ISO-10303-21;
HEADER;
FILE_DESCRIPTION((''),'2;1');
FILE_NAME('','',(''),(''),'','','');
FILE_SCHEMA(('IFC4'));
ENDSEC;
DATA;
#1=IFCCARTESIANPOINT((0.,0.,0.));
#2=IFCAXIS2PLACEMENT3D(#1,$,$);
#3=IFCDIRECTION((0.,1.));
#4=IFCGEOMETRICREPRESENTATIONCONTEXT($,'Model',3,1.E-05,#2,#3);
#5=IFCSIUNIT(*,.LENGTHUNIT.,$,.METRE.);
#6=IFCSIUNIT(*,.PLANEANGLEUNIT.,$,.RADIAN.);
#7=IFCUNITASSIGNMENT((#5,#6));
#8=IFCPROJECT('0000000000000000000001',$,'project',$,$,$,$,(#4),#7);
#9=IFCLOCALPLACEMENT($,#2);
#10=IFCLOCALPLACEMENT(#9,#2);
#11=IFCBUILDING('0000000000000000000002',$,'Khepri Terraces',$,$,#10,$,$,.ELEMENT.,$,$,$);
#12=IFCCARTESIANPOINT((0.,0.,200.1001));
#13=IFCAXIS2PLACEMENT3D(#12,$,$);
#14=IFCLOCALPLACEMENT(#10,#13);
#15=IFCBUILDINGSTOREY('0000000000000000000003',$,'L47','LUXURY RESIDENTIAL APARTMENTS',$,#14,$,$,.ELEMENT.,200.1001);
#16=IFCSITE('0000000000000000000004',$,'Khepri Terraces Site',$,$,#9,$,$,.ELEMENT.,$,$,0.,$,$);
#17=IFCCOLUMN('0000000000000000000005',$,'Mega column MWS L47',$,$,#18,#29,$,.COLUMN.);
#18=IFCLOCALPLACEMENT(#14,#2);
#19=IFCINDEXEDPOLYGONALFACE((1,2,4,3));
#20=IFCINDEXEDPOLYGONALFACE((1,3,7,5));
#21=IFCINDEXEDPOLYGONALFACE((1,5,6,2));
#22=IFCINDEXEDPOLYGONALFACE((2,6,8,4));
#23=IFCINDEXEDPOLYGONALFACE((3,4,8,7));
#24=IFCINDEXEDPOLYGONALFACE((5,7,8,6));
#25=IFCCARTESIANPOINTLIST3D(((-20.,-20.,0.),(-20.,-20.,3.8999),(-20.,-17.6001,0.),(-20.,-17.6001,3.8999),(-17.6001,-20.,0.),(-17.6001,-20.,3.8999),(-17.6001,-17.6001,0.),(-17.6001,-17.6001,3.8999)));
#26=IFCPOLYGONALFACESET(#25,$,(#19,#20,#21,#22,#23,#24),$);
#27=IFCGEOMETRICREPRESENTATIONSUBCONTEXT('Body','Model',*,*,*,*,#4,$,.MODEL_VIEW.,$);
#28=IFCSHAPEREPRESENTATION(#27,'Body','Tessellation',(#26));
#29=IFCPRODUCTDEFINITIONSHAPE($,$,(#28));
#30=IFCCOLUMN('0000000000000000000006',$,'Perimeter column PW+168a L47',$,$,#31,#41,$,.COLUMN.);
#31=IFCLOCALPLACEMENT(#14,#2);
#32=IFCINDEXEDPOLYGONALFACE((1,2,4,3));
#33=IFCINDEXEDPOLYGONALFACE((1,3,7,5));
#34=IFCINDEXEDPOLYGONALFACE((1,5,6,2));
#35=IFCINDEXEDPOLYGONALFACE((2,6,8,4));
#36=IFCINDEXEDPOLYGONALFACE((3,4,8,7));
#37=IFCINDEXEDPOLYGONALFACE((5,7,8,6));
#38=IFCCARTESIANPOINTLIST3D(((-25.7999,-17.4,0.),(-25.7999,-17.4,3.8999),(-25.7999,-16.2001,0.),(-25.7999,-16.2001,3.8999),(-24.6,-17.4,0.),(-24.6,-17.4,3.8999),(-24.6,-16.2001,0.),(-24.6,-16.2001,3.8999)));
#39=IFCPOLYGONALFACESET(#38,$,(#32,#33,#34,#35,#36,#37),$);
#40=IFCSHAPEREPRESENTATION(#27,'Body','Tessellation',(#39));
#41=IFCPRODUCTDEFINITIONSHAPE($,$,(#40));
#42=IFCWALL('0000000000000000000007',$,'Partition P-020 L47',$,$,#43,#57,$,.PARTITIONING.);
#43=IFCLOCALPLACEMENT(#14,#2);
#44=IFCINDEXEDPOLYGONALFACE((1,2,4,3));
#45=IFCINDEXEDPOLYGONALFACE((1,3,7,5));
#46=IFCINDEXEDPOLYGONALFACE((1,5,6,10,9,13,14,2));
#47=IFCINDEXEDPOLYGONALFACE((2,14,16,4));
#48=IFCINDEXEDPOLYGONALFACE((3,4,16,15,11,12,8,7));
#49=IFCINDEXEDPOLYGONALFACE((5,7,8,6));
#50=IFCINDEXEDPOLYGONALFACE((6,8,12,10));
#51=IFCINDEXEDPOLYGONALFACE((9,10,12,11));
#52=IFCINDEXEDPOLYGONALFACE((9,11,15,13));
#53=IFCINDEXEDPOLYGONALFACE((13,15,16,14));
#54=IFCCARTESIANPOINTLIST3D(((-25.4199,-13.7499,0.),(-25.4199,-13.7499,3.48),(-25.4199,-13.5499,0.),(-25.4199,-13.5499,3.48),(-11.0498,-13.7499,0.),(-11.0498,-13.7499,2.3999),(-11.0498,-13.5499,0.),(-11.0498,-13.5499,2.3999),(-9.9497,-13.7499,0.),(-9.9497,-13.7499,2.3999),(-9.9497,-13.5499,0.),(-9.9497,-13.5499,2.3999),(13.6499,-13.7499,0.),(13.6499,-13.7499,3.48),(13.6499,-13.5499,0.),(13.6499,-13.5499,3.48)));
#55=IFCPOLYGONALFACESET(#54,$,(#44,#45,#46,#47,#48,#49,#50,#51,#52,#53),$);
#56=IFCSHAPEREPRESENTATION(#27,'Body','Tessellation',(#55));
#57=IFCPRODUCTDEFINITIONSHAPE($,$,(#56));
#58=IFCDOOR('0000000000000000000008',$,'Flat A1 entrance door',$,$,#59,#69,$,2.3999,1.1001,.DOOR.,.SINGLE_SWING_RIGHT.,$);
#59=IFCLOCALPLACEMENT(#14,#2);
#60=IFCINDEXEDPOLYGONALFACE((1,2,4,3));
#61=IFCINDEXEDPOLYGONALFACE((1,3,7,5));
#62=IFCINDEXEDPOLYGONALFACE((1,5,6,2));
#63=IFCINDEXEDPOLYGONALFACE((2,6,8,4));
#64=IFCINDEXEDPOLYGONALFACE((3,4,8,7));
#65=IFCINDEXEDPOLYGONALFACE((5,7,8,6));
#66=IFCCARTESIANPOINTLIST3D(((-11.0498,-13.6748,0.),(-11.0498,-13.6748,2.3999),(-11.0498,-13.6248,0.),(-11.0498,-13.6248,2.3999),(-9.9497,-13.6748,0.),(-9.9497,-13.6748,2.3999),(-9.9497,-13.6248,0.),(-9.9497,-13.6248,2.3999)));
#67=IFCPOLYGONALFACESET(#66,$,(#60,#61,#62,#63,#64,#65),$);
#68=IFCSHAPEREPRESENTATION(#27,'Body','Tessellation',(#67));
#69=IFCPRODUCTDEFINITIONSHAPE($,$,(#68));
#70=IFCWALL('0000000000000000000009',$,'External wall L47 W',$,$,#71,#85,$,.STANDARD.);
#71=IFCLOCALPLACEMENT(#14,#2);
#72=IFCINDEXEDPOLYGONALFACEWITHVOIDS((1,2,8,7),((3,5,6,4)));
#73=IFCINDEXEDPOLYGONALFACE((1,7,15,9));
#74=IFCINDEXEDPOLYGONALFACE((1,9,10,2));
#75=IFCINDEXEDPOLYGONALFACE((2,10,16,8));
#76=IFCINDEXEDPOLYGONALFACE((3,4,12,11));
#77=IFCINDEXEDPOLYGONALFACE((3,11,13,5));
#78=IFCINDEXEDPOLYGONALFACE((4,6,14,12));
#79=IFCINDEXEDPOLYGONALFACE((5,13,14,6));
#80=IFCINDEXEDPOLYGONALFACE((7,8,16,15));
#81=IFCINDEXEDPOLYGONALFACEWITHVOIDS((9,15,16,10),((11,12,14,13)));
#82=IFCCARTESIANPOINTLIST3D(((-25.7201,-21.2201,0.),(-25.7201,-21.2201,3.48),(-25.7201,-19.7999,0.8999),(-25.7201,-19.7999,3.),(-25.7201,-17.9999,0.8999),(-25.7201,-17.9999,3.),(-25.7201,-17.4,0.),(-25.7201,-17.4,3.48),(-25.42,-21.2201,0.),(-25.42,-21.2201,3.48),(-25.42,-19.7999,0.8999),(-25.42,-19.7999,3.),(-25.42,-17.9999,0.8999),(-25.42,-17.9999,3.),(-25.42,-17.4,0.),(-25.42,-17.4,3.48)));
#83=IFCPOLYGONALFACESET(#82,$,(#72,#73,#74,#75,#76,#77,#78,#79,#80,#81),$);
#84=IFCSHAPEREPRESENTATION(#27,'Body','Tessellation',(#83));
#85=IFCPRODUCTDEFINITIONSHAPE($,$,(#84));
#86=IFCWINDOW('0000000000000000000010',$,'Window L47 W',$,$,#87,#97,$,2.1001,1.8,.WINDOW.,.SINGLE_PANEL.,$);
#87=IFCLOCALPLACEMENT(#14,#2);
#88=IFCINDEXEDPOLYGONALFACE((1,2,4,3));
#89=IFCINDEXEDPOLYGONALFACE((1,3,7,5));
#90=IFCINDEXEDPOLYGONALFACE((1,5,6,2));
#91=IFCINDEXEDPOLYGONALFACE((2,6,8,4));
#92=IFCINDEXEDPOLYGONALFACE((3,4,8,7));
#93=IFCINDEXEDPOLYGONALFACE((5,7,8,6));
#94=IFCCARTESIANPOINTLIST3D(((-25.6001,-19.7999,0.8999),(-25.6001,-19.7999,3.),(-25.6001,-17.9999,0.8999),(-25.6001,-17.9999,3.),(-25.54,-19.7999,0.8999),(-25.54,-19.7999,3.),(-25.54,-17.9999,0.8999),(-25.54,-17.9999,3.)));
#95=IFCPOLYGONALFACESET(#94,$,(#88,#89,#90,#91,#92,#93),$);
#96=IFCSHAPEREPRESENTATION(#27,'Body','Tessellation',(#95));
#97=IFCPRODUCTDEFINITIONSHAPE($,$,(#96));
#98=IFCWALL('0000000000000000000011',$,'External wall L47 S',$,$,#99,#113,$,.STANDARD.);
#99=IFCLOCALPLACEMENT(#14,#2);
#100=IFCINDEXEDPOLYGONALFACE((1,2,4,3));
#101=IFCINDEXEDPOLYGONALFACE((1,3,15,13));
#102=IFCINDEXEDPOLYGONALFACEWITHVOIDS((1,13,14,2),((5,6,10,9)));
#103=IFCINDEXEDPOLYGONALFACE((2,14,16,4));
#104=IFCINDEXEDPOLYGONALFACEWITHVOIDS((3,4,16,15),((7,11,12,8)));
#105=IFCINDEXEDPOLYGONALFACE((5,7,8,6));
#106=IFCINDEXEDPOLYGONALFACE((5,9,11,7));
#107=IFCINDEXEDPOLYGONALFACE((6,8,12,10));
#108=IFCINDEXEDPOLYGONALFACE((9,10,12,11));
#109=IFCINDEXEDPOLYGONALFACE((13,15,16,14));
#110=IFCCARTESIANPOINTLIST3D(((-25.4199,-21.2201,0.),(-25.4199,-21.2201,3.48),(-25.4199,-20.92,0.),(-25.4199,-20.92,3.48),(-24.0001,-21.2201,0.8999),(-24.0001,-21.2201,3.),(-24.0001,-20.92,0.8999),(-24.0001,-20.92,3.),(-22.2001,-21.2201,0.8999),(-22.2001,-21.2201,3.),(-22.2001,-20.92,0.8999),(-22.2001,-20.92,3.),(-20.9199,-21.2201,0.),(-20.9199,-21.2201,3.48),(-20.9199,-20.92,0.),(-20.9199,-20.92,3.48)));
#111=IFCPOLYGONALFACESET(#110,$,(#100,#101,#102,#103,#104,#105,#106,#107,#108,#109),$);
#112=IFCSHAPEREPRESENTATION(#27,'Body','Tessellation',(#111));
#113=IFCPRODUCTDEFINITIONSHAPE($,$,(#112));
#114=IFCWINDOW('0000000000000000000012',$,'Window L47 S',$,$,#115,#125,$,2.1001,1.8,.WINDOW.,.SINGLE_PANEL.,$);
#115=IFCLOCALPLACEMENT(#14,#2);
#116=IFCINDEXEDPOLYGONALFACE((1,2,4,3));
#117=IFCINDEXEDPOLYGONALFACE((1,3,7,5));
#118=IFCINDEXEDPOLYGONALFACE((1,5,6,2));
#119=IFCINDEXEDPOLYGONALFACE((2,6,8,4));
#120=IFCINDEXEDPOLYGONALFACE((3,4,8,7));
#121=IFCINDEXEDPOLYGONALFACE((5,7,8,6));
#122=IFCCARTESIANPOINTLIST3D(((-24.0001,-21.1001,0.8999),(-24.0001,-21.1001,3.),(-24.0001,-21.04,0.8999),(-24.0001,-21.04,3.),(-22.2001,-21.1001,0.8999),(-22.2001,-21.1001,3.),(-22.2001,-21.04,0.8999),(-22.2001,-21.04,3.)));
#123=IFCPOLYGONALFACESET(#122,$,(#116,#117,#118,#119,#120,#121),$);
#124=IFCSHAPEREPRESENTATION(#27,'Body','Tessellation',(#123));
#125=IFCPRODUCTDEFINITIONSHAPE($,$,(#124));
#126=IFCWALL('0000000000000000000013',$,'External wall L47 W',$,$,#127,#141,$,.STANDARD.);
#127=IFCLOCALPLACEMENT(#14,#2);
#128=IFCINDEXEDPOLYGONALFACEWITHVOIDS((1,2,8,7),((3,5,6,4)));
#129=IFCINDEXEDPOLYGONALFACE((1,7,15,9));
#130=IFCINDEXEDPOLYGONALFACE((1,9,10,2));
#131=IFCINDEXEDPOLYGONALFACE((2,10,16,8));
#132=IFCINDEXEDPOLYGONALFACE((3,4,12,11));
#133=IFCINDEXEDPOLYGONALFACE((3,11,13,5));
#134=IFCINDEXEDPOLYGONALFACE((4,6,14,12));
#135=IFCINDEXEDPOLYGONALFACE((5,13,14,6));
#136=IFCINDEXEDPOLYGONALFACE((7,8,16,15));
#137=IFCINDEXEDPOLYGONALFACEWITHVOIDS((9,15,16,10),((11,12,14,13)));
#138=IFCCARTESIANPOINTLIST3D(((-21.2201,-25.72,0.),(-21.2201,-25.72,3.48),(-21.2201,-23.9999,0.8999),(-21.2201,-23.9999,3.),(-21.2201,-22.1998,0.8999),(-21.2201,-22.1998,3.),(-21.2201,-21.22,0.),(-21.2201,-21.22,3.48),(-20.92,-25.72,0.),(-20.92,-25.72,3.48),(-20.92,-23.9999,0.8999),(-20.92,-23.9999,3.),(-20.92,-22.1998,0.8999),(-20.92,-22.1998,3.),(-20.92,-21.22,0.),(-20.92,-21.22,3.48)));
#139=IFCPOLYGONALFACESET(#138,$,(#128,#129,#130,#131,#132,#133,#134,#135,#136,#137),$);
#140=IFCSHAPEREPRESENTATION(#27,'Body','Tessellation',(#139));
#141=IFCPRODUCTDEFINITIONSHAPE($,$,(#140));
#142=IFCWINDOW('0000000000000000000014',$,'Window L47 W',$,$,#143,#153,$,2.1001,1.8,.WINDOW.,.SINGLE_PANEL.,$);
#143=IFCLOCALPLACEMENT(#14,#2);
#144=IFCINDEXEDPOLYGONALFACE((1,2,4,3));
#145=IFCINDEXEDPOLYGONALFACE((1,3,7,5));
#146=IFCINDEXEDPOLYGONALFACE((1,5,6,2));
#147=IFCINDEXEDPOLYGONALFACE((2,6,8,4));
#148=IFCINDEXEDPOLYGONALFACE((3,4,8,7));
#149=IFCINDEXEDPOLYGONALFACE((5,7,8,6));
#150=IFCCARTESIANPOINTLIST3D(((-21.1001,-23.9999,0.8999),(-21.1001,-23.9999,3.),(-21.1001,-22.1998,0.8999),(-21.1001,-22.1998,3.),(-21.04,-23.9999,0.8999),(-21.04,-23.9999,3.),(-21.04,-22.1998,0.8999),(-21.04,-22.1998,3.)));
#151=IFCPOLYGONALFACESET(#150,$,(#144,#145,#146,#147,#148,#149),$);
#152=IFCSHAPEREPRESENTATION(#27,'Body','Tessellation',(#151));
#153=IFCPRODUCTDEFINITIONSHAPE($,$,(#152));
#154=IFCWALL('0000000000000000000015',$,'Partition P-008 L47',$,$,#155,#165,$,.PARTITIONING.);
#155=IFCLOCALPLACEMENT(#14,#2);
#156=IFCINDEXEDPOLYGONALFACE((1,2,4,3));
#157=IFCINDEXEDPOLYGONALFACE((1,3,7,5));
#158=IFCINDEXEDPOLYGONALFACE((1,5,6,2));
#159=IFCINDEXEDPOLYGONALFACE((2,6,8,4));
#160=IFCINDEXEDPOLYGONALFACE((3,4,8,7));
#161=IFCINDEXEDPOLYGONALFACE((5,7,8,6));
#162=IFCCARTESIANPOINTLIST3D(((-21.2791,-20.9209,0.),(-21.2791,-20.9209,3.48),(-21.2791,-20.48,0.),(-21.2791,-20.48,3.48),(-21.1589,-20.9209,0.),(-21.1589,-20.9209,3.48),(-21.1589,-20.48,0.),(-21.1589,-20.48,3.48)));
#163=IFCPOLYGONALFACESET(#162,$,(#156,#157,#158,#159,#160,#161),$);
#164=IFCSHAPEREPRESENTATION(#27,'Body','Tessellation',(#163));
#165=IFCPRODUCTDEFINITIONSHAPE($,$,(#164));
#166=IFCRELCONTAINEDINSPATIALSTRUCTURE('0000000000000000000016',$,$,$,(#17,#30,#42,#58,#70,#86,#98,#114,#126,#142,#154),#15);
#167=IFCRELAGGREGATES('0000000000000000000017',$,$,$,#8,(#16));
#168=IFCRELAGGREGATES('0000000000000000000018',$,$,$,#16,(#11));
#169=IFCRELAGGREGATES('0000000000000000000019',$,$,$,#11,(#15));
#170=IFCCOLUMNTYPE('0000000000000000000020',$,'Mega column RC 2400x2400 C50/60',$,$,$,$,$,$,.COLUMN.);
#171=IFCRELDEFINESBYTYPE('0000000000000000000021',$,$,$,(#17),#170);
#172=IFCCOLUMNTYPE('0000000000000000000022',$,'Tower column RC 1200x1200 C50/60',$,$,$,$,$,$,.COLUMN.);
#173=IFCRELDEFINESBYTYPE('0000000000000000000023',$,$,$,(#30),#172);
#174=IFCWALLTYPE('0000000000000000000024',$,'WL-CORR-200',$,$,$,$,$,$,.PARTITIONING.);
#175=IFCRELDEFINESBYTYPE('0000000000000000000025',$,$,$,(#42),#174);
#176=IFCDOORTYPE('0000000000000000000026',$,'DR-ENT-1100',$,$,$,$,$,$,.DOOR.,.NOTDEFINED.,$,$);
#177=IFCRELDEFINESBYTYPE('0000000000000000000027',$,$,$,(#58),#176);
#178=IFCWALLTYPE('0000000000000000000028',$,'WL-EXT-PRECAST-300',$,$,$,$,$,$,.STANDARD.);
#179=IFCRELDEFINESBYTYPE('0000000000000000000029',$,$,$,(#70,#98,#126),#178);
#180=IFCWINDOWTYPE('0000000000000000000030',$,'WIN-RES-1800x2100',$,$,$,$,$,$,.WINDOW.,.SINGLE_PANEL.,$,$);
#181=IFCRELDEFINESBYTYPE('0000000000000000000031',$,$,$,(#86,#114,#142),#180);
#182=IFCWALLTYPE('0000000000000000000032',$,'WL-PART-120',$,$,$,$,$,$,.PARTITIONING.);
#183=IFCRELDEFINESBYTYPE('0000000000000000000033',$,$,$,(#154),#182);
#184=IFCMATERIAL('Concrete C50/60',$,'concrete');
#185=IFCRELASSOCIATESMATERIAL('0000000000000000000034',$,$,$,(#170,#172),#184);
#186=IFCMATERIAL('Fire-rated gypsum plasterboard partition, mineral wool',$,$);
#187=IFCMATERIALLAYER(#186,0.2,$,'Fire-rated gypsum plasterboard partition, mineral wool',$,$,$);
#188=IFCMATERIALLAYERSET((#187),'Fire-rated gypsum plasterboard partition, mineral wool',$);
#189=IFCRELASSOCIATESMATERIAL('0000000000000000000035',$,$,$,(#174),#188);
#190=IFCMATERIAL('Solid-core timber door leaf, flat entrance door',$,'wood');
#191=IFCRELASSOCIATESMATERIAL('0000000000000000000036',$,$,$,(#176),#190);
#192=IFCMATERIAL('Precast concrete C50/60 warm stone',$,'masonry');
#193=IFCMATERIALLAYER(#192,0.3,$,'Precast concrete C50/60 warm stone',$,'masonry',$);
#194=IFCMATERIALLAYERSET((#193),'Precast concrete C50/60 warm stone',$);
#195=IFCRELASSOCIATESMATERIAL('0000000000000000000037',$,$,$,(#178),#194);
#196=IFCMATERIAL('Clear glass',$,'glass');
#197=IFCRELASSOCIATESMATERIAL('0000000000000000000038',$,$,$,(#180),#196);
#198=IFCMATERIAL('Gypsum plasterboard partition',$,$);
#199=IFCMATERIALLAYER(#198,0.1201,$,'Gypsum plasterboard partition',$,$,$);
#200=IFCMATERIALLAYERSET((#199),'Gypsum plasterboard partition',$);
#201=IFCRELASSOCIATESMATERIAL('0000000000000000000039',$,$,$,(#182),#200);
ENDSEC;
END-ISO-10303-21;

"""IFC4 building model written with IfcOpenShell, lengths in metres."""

from ifc_helpers import new_model, si_unit, direction, frame, frame_2d, origin, origin_2d, place, context, subcontext, project, spatial, rectangle, extrude, material, layer, layer_set, material_profile, profile_set, type_object, element, fill, save


model = new_model("IFC4")

# Units and contexts
model_context = context("Model", 3, precision=1e-05, world=origin(), true_north=direction((0.0, 1.0)))
body_context = subcontext(model_context, "Body", "Model", "MODEL_VIEW")
ifc_project = project(units=[si_unit("LENGTHUNIT", "METRE"), si_unit("PLANEANGLEUNIT", "RADIAN")], contexts=[model_context])

# Site, building, storey
site_placement = place(None, origin())
site = spatial("IfcSite", under=ifc_project, at=site_placement, Name="Khepri Terraces Site", CompositionType="ELEMENT", RefElevation=0.0)
building_placement = place(site_placement, origin())
building = spatial("IfcBuilding", under=site, at=building_placement, Name="Khepri Terraces", CompositionType="ELEMENT")
storey_placement = place(building_placement, frame((0.0, 0.0, 200.1001)))
storey = spatial("IfcBuildingStorey", under=building, at=storey_placement, Name="L47", Description="LUXURY RESIDENTIAL APARTMENTS", CompositionType="ELEMENT", Elevation=200.1001)

# Columns
ifc_material_1 = material(Name="Concrete C50/60", Category="concrete")
ifc_material_profile_1 = material_profile(ifc_material_1, rectangle(XDim=2.3999, YDim=2.3999, at=origin_2d()), Name="Concrete C50/60", Category="concrete")
ifc_profile_set_1 = profile_set([ifc_material_profile_1], Name="Concrete C50/60")
column_type_1 = type_object("IfcColumnType", Name="Mega column RC 2400x2400 C50/60", PredefinedType="COLUMN", material=ifc_profile_set_1)
column_1_placement = place(storey_placement, frame((-18.8, -18.8, 0.0), z_axis=(0.0, 0.0, 1.0), x_axis=(1.0, 0.0, 0.0)))
element("IfcColumn", 1, at=column_1_placement, inside=storey, type_object=column_type_1, Name="Mega column MWS L47", PredefinedType="COLUMN", context=body_context, shape_type="SweptSolid", body=[
    extrude(rectangle(XDim=2.3999, YDim=2.3999, at=origin_2d()), origin(), (0.0, 0.0, 1.0), 3.8999),
])
ifc_material_profile_2 = material_profile(ifc_material_1, rectangle(XDim=1.2, YDim=1.2, at=origin_2d()), Name="Concrete C50/60", Category="concrete")
ifc_profile_set_2 = profile_set([ifc_material_profile_2], Name="Concrete C50/60")
column_type_2 = type_object("IfcColumnType", Name="Tower column RC 1200x1200 C50/60", PredefinedType="COLUMN", material=ifc_profile_set_2)
column_2_placement = place(storey_placement, frame((-25.2, -16.8, 0.0), z_axis=(0.0, 0.0, 1.0), x_axis=(1.0, 0.0, 0.0)))
element("IfcColumn", 2, at=column_2_placement, inside=storey, type_object=column_type_2, Name="Perimeter column PW+168a L47", PredefinedType="COLUMN", context=body_context, shape_type="SweptSolid", body=[
    extrude(rectangle(XDim=1.2, YDim=1.2, at=origin_2d()), origin(), (0.0, 0.0, 1.0), 3.8999),
])

# Wall, opening, door
ifc_material_2 = material(Name="Fire-rated gypsum plasterboard partition, mineral wool")
ifc_layer_1 = layer(ifc_material_2, 0.2, Name="Fire-rated gypsum plasterboard partition, mineral wool")
ifc_layer_set_1 = layer_set([ifc_layer_1], Name="Fire-rated gypsum plasterboard partition, mineral wool")
wall_type_1 = type_object("IfcWallType", Name="WL-CORR-200", PredefinedType="PARTITIONING", material=ifc_layer_set_1)
wall_1_placement = place(storey_placement, frame((-25.4199, -13.6499, 0.0), z_axis=(0.0, 0.0, 1.0), x_axis=(1.0, 0.0, 0.0)))
wall_1 = element("IfcWall", 3, at=wall_1_placement, inside=storey, type_object=wall_type_1, Name="Partition P-020 L47", PredefinedType="PARTITIONING", context=body_context, shape_type="SweptSolid", body=[
    extrude(rectangle(XDim=39.0698, YDim=0.2, at=frame_2d((19.5349, 0.0))), origin(), (0.0, 0.0, 1.0), 3.48),
])
opening_1_placement = place(wall_1_placement, frame((14.3701, 0.0, 0.0)))
opening_1 = element("IfcOpeningElement", 4, at=opening_1_placement, cuts=wall_1, PredefinedType="OPENING", context=body_context, shape_type="SweptSolid", body=[
    extrude(rectangle(XDim=1.1001, YDim=2.3999, at=frame_2d((0.55, 1.2))), frame((0.0, 0.1099, 0.0), z_axis=(0.0, -1.0, 0.0), x_axis=(1.0, 0.0, 0.0)), (0.0, 0.0, 1.0), 0.22),
])
ifc_material_3 = material(Name="Solid-core timber door leaf, flat entrance door", Category="wood")
door_type_1 = type_object("IfcDoorType", Name="DR-ENT-1100", OperationType="NOTDEFINED", PredefinedType="DOOR", material=ifc_material_3)
door_1_placement = place(opening_1_placement, frame((1.1001, 0.0, 0.0), z_axis=(0.0, 0.0, 1.0), x_axis=(-1.0, 0.0, 0.0)))
door_1 = element("IfcDoor", 5, at=door_1_placement, inside=storey, type_object=door_type_1, Name="Flat A1 entrance door", OperationType="SINGLE_SWING_RIGHT", OverallHeight=2.3999, OverallWidth=1.1001, PredefinedType="DOOR", context=body_context, shape_type="SweptSolid", body=[
    extrude(rectangle(XDim=1.1001, YDim=2.3999, at=frame_2d((0.55, 1.2))), frame((0.0, 0.0249, 0.0), z_axis=(0.0, -1.0, 0.0), x_axis=(1.0, 0.0, 0.0)), (0.0, 0.0, 1.0), 0.05),
])
fill(opening_1, door_1)

# Walls, openings, windows
ifc_material_4 = material(Name="Precast concrete C50/60 warm stone", Category="masonry")
ifc_layer_2 = layer(ifc_material_4, 0.3, Name="Precast concrete C50/60 warm stone", Category="masonry")
ifc_layer_set_2 = layer_set([ifc_layer_2], Name="Precast concrete C50/60 warm stone")
wall_type_2 = type_object("IfcWallType", Name="WL-EXT-PRECAST-300", PredefinedType="STANDARD", material=ifc_layer_set_2)
wall_2_placement = place(storey_placement, frame((-25.5701, -17.3999, 0.0), z_axis=(0.0, 0.0, 1.0), x_axis=(0.0, -1.0, 0.0)))
wall_2 = element("IfcWall", 6, at=wall_2_placement, inside=storey, type_object=wall_type_2, Name="External wall L47 W", PredefinedType="STANDARD", context=body_context, shape_type="SweptSolid", body=[
    extrude(rectangle(XDim=3.8201, YDim=0.3, at=frame_2d((1.9102, 0.0))), origin(), (0.0, 0.0, 1.0), 3.48),
])
opening_2_placement = place(wall_2_placement, frame((0.6001, 0.0, 0.8999)))
opening_2 = element("IfcOpeningElement", 7, at=opening_2_placement, cuts=wall_2, PredefinedType="OPENING", context=body_context, shape_type="SweptSolid", body=[
    extrude(rectangle(XDim=1.8, YDim=2.1001, at=frame_2d((0.8999, 1.05))), frame((0.0, 0.1602, 0.0), z_axis=(0.0, -1.0, 0.0), x_axis=(1.0, 0.0, 0.0)), (0.0, 0.0, 1.0), 0.3201),
])
ifc_material_5 = material(Name="Clear glass", Category="glass")
window_type = type_object("IfcWindowType", Name="WIN-RES-1800x2100", PartitioningType="SINGLE_PANEL", PredefinedType="WINDOW", material=ifc_material_5)
window_1_placement = place(opening_2_placement, origin())
window_1 = element("IfcWindow", 8, at=window_1_placement, inside=storey, type_object=window_type, Name="Window L47 W", OverallHeight=2.1001, OverallWidth=1.8, PartitioningType="SINGLE_PANEL", PredefinedType="WINDOW", context=body_context, shape_type="SweptSolid", body=[
    extrude(rectangle(XDim=1.8, YDim=2.1001, at=frame_2d((0.8999, 1.05))), frame((0.0, 0.03, 0.0), z_axis=(0.0, -1.0, 0.0), x_axis=(1.0, 0.0, 0.0)), (0.0, 0.0, 1.0), 0.0601),
])
fill(opening_2, window_1)
wall_3_placement = place(storey_placement, frame((-25.4199, -21.0701, 0.0), z_axis=(0.0, 0.0, 1.0), x_axis=(1.0, 0.0, 0.0)))
wall_3 = element("IfcWall", 9, at=wall_3_placement, inside=storey, type_object=wall_type_2, Name="External wall L47 S", PredefinedType="STANDARD", context=body_context, shape_type="SweptSolid", body=[
    extrude(rectangle(XDim=4.5, YDim=0.3, at=frame_2d((2.25, 0.0))), origin(), (0.0, 0.0, 1.0), 3.48),
])
opening_3_placement = place(wall_3_placement, frame((1.4199, 0.0, 0.8999)))
opening_3 = element("IfcOpeningElement", 10, at=opening_3_placement, cuts=wall_3, PredefinedType="OPENING", context=body_context, shape_type="SweptSolid", body=[
    extrude(rectangle(XDim=1.8, YDim=2.1001, at=frame_2d((0.8999, 1.05))), frame((0.0, 0.1602, 0.0), z_axis=(0.0, -1.0, 0.0), x_axis=(1.0, 0.0, 0.0)), (0.0, 0.0, 1.0), 0.3201),
])
window_2_placement = place(opening_3_placement, origin())
window_2 = element("IfcWindow", 11, at=window_2_placement, inside=storey, type_object=window_type, Name="Window L47 S", OverallHeight=2.1001, OverallWidth=1.8, PartitioningType="SINGLE_PANEL", PredefinedType="WINDOW", context=body_context, shape_type="SweptSolid", body=[
    extrude(rectangle(XDim=1.8, YDim=2.1001, at=frame_2d((0.8999, 1.05))), frame((0.0, 0.03, 0.0), z_axis=(0.0, -1.0, 0.0), x_axis=(1.0, 0.0, 0.0)), (0.0, 0.0, 1.0), 0.0601),
])
fill(opening_3, window_2)
wall_4_placement = place(storey_placement, frame((-21.0701, -21.22, 0.0), z_axis=(0.0, 0.0, 1.0), x_axis=(0.0, -1.0, 0.0)))
wall_4 = element("IfcWall", 12, at=wall_4_placement, inside=storey, type_object=wall_type_2, Name="External wall L47 W", PredefinedType="STANDARD", context=body_context, shape_type="SweptSolid", body=[
    extrude(rectangle(XDim=4.5, YDim=0.3, at=frame_2d((2.25, 0.0))), origin(), (0.0, 0.0, 1.0), 3.48),
])
opening_4_placement = place(wall_4_placement, frame((0.98, 0.0, 0.8999)))
opening_4 = element("IfcOpeningElement", 13, at=opening_4_placement, cuts=wall_4, PredefinedType="OPENING", context=body_context, shape_type="SweptSolid", body=[
    extrude(rectangle(XDim=1.8, YDim=2.1001, at=frame_2d((0.8999, 1.05))), frame((0.0, 0.1602, 0.0), z_axis=(0.0, -1.0, 0.0), x_axis=(1.0, 0.0, 0.0)), (0.0, 0.0, 1.0), 0.3201),
])
window_3_placement = place(opening_4_placement, origin())
window_3 = element("IfcWindow", 14, at=window_3_placement, inside=storey, type_object=window_type, Name="Window L47 W", OverallHeight=2.1001, OverallWidth=1.8, PartitioningType="SINGLE_PANEL", PredefinedType="WINDOW", context=body_context, shape_type="SweptSolid", body=[
    extrude(rectangle(XDim=1.8, YDim=2.1001, at=frame_2d((0.8999, 1.05))), frame((0.0, 0.03, 0.0), z_axis=(0.0, -1.0, 0.0), x_axis=(1.0, 0.0, 0.0)), (0.0, 0.0, 1.0), 0.0601),
])
fill(opening_4, window_3)

# Wall
ifc_material_6 = material(Name="Gypsum plasterboard partition")
ifc_layer_3 = layer(ifc_material_6, 0.1201, Name="Gypsum plasterboard partition")
ifc_layer_set_3 = layer_set([ifc_layer_3], Name="Gypsum plasterboard partition")
wall_type_3 = type_object("IfcWallType", Name="WL-PART-120", PredefinedType="PARTITIONING", material=ifc_layer_set_3)
wall_5_placement = place(storey_placement, frame((-21.219, -20.9209, 0.0), z_axis=(0.0, 0.0, 1.0), x_axis=(0.0, 1.0, 0.0)))
element("IfcWall", 15, at=wall_5_placement, inside=storey, type_object=wall_type_3, Name="Partition P-008 L47", PredefinedType="PARTITIONING", context=body_context, shape_type="SweptSolid", body=[
    extrude(rectangle(XDim=0.4409, YDim=0.1201, at=frame_2d((0.2205, 0.0))), origin(), (0.0, 0.0, 1.0), 3.48),
])

save(model, "model.ifc")
